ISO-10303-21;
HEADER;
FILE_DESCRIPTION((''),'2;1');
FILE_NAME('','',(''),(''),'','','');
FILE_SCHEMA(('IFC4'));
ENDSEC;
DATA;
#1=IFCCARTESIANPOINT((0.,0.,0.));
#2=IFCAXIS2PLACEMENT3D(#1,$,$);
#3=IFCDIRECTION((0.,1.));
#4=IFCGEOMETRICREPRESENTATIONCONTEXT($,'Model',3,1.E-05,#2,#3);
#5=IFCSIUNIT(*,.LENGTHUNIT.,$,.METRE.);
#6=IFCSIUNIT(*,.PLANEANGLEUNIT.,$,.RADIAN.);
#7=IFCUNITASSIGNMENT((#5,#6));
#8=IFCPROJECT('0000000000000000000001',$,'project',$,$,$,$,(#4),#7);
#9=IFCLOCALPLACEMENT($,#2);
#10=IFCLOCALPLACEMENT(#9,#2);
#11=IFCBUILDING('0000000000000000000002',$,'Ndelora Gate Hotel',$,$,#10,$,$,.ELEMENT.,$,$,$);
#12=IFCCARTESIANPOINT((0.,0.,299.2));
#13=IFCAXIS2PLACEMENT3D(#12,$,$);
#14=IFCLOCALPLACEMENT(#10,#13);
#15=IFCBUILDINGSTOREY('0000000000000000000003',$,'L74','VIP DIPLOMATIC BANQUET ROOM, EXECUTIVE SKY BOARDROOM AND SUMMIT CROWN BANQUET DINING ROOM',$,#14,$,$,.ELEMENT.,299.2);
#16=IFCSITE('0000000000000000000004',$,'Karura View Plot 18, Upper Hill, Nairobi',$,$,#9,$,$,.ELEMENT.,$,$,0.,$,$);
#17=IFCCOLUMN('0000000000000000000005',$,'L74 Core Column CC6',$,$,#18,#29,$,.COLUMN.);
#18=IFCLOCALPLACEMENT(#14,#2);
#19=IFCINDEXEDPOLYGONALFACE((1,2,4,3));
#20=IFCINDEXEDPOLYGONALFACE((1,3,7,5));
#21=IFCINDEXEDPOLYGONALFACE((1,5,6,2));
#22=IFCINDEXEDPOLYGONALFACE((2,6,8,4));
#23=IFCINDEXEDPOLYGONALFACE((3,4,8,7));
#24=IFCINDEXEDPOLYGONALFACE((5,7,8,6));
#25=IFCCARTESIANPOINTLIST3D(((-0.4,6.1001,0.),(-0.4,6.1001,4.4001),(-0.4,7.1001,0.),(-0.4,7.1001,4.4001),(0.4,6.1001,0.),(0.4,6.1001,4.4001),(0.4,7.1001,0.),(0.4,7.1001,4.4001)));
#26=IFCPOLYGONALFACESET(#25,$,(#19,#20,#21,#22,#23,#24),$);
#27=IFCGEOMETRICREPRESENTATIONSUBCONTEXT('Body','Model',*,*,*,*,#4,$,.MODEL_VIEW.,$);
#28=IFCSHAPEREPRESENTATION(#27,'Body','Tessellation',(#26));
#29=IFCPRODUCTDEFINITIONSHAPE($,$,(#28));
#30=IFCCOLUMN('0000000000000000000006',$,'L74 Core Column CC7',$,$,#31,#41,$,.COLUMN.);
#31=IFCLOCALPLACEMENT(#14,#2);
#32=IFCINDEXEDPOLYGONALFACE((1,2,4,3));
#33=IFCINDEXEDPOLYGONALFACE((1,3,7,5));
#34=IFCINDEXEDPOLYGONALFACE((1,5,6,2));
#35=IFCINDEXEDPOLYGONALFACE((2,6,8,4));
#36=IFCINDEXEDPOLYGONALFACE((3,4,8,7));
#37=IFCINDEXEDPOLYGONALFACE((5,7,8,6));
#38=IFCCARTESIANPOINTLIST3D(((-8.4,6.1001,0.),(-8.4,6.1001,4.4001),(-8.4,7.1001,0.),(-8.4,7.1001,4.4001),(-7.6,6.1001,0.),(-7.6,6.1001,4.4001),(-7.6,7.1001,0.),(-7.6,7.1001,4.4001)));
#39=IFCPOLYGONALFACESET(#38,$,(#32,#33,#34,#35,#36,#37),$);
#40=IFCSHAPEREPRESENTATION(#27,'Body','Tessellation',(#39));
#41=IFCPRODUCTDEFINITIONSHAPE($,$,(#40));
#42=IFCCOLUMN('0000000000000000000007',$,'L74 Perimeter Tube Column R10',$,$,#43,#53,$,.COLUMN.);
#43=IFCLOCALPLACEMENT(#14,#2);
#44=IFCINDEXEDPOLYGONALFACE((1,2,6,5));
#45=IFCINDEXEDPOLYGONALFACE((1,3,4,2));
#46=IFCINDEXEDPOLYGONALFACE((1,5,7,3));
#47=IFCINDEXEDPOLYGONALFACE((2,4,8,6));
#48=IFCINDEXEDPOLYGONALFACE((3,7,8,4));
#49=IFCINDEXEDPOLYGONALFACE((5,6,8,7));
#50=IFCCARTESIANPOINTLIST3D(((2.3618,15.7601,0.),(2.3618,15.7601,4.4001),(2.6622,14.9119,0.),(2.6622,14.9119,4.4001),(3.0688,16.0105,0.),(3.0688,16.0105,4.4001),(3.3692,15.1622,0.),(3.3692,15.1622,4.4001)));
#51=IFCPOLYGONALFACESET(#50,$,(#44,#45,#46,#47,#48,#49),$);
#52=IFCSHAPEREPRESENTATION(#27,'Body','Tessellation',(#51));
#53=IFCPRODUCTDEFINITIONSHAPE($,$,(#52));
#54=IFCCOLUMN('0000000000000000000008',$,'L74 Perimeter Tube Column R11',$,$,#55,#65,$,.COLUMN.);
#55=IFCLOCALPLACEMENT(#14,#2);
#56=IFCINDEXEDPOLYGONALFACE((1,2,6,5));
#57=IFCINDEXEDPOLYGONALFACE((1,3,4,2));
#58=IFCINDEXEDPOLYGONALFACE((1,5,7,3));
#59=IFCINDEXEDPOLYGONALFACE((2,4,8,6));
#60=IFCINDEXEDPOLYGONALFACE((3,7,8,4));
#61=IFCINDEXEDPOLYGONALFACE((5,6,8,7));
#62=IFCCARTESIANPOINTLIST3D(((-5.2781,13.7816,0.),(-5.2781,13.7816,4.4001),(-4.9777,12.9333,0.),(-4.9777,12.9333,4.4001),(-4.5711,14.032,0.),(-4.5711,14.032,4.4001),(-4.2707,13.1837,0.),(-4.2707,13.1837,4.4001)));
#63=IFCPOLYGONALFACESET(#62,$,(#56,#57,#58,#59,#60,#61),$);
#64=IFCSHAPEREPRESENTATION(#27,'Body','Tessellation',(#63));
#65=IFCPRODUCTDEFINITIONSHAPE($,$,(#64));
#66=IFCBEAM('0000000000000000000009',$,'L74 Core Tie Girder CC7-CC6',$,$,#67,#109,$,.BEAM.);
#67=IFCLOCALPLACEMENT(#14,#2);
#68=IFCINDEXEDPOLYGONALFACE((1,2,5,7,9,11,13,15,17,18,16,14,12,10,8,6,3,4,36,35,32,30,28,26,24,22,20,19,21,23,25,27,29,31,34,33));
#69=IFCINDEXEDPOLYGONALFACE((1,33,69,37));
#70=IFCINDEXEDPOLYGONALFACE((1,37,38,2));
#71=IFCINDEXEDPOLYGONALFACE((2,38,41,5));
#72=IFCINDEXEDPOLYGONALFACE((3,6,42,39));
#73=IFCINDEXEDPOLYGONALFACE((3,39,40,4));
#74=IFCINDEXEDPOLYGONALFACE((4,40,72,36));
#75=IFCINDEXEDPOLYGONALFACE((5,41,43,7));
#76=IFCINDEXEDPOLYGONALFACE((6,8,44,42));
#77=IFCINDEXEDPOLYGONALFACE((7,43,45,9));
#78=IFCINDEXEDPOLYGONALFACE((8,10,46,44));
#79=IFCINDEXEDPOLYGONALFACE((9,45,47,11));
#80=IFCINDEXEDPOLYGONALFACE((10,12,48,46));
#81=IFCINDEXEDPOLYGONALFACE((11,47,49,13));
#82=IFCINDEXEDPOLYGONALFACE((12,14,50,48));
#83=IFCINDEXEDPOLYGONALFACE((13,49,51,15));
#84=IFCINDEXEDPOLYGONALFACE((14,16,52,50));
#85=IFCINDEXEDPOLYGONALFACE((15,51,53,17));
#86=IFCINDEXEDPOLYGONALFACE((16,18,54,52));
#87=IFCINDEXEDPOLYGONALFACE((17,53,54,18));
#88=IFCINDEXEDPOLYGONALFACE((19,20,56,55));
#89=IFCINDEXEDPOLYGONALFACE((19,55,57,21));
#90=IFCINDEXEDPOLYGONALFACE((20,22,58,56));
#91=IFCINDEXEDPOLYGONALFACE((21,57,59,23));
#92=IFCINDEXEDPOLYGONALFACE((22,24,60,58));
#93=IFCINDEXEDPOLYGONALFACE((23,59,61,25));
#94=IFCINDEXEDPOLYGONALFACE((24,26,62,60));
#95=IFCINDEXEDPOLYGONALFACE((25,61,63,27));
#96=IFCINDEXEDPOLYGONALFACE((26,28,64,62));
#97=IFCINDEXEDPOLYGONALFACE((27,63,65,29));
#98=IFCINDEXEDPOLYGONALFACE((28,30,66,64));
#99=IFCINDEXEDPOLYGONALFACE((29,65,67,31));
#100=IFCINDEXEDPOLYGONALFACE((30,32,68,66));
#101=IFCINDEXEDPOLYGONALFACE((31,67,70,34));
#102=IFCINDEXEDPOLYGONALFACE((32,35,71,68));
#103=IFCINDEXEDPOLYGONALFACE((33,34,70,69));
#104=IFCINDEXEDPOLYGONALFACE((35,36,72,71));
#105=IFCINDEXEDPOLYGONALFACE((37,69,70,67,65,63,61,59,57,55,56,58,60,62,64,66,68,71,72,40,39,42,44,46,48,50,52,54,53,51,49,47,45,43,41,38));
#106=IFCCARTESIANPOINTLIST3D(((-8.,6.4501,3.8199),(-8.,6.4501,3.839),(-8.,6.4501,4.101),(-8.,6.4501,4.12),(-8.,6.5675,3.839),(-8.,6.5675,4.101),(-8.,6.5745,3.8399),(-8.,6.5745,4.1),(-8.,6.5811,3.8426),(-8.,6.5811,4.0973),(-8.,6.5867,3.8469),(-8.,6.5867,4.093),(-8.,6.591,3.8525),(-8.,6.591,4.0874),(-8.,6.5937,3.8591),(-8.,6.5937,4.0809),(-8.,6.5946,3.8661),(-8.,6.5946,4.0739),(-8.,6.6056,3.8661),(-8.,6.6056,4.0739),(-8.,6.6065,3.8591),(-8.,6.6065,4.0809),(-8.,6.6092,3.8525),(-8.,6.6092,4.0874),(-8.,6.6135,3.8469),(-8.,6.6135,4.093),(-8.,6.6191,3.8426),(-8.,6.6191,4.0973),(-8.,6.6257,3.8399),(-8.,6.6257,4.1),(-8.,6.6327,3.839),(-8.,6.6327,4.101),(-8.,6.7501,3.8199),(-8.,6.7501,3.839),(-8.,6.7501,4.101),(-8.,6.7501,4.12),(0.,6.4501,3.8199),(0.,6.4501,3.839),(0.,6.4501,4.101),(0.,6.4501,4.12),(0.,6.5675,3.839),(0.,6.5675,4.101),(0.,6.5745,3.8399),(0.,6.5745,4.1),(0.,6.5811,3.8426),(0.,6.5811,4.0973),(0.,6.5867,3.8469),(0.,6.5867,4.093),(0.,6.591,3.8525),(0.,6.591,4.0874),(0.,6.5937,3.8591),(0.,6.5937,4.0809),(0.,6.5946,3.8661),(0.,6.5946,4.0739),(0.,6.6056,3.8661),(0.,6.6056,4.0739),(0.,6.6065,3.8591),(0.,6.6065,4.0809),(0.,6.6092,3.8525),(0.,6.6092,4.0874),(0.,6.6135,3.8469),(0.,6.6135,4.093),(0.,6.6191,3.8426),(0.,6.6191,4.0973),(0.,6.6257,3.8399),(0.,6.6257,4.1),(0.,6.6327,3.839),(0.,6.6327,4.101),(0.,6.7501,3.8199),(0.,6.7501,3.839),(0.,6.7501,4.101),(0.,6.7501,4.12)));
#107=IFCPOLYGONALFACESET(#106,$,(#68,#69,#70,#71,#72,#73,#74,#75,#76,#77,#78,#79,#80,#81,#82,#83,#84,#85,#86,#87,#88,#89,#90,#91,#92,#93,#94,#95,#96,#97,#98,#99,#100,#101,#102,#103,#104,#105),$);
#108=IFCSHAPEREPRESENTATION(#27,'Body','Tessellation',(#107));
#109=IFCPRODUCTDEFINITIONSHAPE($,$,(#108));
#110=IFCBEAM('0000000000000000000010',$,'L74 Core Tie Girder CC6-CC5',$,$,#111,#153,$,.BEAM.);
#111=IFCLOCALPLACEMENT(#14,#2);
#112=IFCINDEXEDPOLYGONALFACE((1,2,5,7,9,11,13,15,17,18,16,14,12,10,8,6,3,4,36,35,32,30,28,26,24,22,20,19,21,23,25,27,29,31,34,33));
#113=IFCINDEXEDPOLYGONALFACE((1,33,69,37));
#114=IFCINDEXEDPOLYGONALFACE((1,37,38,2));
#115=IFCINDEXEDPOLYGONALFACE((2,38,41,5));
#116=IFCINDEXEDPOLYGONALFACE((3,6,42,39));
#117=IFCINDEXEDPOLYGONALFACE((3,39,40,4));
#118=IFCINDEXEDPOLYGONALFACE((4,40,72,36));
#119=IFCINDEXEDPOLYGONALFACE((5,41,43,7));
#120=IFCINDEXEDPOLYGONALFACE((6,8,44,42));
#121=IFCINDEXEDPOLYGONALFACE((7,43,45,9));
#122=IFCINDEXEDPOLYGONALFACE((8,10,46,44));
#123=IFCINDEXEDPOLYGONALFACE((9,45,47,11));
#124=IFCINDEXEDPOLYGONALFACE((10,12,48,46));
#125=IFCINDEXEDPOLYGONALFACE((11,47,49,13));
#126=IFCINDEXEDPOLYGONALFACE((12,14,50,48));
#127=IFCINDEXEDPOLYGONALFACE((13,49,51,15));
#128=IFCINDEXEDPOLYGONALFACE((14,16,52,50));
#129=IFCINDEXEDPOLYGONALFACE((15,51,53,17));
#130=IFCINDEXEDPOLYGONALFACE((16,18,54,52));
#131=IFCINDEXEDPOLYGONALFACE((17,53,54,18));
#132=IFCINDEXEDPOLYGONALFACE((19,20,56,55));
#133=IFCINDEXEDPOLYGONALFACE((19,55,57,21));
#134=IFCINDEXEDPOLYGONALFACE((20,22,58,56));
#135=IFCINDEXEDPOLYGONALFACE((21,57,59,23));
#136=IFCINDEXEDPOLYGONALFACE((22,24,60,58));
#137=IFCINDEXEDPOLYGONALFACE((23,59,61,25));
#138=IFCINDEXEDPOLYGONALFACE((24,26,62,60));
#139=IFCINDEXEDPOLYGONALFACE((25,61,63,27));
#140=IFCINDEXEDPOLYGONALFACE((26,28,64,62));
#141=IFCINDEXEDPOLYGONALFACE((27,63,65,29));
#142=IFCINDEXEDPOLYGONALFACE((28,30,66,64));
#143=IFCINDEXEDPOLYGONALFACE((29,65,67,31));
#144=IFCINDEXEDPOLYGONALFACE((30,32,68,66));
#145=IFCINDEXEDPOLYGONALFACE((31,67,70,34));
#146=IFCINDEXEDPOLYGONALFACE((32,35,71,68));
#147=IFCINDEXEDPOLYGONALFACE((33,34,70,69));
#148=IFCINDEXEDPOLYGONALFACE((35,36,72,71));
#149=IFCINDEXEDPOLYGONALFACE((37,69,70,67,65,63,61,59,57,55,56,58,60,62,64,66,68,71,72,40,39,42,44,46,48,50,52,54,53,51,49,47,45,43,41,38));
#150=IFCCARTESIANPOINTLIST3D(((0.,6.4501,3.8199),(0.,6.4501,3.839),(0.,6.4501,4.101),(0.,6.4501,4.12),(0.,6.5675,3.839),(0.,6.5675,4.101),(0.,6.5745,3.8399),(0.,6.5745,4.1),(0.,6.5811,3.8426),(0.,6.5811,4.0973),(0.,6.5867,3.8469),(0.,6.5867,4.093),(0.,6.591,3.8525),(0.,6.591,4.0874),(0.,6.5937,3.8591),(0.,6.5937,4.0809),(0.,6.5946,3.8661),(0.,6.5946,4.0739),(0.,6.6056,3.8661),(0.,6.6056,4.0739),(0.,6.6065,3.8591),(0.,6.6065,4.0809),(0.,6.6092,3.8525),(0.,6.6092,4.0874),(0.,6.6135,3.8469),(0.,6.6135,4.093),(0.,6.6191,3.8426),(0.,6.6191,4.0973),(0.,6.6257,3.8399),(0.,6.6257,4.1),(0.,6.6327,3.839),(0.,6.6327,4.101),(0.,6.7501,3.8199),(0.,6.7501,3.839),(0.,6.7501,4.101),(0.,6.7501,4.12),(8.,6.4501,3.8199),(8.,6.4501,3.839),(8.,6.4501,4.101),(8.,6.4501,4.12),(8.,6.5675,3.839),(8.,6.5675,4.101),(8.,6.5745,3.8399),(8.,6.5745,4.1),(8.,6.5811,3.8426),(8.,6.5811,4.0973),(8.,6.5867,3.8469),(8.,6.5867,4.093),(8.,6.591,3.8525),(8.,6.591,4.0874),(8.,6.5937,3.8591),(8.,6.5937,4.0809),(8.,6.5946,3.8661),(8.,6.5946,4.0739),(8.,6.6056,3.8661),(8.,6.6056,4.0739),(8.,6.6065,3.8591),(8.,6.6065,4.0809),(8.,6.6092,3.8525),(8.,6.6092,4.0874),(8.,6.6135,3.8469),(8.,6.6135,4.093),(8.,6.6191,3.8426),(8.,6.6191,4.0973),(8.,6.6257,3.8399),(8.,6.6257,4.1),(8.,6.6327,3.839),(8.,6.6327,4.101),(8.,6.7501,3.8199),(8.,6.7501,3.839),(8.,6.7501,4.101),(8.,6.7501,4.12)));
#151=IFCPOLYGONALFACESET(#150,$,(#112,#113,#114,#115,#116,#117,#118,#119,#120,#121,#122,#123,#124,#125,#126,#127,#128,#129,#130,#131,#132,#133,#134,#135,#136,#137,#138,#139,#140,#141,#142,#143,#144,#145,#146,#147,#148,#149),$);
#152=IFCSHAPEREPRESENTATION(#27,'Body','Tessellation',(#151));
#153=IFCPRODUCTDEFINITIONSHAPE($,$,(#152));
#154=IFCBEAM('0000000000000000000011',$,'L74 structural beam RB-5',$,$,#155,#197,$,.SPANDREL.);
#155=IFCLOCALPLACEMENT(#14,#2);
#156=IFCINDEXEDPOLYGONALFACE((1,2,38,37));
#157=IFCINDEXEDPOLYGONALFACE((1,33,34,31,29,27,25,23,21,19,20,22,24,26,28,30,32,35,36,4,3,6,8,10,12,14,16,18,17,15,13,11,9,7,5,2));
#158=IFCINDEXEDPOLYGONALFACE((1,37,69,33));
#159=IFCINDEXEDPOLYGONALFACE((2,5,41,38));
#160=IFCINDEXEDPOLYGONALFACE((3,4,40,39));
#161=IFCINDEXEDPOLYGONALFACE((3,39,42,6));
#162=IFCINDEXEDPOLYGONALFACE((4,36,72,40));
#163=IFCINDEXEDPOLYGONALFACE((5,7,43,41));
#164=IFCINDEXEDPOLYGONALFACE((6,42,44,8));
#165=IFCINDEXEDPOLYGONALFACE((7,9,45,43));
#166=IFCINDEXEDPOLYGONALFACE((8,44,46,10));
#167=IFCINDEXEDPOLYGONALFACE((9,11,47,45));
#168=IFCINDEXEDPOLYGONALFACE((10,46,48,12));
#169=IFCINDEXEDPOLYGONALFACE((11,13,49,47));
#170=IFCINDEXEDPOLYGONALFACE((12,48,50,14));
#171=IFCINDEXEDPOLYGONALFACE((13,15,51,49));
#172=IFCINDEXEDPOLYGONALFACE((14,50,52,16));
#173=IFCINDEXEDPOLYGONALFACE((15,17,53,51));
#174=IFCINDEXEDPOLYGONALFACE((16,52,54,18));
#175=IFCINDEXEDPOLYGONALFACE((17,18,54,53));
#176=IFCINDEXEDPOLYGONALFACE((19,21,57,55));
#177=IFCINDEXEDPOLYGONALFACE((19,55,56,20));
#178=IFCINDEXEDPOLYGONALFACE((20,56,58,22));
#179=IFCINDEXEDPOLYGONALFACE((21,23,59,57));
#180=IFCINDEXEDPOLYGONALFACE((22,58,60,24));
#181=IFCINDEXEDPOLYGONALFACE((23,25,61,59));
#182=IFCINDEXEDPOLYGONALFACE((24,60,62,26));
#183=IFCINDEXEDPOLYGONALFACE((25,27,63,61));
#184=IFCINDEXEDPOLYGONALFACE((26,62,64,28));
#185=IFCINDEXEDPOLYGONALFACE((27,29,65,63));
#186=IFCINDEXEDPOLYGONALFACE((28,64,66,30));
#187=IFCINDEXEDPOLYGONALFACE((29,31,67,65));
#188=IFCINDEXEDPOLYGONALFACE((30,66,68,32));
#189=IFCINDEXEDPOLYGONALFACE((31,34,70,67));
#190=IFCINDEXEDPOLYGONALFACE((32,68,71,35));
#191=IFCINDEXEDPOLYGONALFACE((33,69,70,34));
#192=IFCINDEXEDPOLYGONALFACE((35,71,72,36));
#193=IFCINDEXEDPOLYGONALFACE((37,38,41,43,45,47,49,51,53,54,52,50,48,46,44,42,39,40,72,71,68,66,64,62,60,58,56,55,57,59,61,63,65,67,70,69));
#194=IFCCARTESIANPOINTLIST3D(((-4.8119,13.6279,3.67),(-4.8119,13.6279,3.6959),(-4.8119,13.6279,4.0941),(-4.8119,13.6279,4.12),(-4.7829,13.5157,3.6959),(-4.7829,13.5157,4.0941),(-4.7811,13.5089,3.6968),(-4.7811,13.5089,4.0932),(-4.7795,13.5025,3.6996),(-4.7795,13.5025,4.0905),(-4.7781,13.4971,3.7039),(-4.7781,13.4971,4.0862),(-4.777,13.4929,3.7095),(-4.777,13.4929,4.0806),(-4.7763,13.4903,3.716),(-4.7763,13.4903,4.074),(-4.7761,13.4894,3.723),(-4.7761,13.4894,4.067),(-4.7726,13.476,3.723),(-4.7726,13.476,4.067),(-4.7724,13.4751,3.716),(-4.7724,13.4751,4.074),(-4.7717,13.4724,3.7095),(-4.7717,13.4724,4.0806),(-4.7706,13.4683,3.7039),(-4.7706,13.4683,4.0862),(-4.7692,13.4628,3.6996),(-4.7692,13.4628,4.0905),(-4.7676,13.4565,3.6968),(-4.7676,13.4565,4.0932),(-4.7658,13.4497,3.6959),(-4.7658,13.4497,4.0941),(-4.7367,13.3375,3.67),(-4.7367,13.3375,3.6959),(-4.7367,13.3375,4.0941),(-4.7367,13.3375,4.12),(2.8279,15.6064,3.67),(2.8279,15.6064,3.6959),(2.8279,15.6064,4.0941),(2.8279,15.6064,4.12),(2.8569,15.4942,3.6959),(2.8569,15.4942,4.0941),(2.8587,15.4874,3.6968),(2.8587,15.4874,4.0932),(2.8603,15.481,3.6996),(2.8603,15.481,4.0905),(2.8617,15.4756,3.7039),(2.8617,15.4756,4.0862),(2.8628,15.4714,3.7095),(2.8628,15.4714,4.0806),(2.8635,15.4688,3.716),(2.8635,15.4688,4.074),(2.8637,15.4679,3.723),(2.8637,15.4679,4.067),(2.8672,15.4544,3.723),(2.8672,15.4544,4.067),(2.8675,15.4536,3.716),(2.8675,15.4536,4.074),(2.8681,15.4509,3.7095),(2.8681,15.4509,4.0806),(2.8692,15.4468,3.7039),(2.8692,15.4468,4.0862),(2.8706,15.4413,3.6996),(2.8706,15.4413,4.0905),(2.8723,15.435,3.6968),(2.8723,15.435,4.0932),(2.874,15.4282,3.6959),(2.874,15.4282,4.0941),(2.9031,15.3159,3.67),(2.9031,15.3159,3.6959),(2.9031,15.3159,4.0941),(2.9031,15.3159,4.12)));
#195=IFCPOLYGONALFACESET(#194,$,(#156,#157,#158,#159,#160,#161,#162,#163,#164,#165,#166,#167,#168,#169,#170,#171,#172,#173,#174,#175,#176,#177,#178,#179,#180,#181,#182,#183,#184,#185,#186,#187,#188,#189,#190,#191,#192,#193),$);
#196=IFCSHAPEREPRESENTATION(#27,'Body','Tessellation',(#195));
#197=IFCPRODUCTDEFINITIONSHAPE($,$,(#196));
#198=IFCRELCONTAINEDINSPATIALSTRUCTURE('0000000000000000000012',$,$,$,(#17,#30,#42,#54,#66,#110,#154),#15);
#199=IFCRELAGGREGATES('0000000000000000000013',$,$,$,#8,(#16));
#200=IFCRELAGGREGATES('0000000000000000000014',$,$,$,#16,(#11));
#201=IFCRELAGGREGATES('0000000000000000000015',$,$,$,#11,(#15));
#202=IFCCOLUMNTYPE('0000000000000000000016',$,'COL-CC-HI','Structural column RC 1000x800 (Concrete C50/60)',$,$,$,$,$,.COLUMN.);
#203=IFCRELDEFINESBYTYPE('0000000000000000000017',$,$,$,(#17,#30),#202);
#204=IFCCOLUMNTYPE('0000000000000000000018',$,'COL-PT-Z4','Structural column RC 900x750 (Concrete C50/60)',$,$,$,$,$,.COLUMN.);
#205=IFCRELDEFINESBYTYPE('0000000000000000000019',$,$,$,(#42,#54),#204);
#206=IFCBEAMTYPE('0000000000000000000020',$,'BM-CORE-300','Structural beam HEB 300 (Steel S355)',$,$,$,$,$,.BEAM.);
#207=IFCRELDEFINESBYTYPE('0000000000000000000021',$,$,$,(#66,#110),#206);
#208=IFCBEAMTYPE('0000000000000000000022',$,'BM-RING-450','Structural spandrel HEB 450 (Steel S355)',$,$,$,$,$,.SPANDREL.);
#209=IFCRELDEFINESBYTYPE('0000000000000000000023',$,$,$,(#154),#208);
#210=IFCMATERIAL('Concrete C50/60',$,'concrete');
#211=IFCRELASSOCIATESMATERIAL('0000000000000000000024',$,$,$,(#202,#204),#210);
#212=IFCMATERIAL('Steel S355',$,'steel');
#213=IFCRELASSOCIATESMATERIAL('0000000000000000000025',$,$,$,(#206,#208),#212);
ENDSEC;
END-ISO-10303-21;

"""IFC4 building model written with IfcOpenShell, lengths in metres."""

from ifc_helpers import new_model, si_unit, direction, frame, origin, origin_2d, place, context, subcontext, project, spatial, rectangle, i_section, extrude, material, material_profile, profile_set, type_object, element, save


model = new_model("IFC4")

# Units and contexts
model_context = context("Model", 3, precision=1e-05, world=origin(), true_north=direction((0.0, 1.0)))
body_context = subcontext(model_context, "Body", "Model", "MODEL_VIEW")
ifc_project = project(units=[si_unit("LENGTHUNIT", "METRE"), si_unit("PLANEANGLEUNIT", "RADIAN")], contexts=[model_context])

# Site, building, storey
site_placement = place(None, origin())
site = spatial("IfcSite", under=ifc_project, at=site_placement, Name="Karura View Plot 18, Upper Hill, Nairobi", CompositionType="ELEMENT", RefElevation=0.0)
building_placement = place(site_placement, origin())
building = spatial("IfcBuilding", under=site, at=building_placement, Name="Ndelora Gate Hotel", CompositionType="ELEMENT")
storey_placement = place(building_placement, frame((0.0, 0.0, 299.2)))
storey = spatial("IfcBuildingStorey", under=building, at=storey_placement, Name="L74", Description="VIP DIPLOMATIC BANQUET ROOM, EXECUTIVE SKY BOARDROOM AND SUMMIT CROWN BANQUET DINING ROOM", CompositionType="ELEMENT", Elevation=299.2)

# Columns
ifc_material_1 = material(Name="Concrete C50/60", Category="concrete")
ifc_material_profile_1 = material_profile(ifc_material_1, rectangle(XDim=0.8, YDim=1.0, at=origin_2d()), Name="RC 1000x800")
ifc_profile_set_1 = profile_set([ifc_material_profile_1], Name="Concrete C50/60")
column_type_1 = type_object("IfcColumnType", Name="COL-CC-HI", Description="Structural column RC 1000x800 (Concrete C50/60)", PredefinedType="COLUMN", material=ifc_profile_set_1)
for number, where, z_axis, x_axis, name in (
    (1, (0.0, 6.6001, 0.0), (0.0, 0.0, 1.0), (1.0, 0.0, 0.0), "L74 Core Column CC6"),
    (2, (-8.0, 6.6001, 0.0), (0.0, 0.0, 1.0), (1.0, 0.0, 0.0), "L74 Core Column CC7"),
):
    element("IfcColumn", number, at=place(storey_placement, frame(where, z_axis=z_axis, x_axis=x_axis)), inside=storey, type_object=column_type_1, Name=name, PredefinedType="COLUMN", context=body_context, shape_type="SweptSolid", body=[
        extrude(rectangle(XDim=0.8, YDim=1.0, at=origin_2d()), origin(), (0.0, 0.0, 1.0), 4.4001),
    ])
ifc_material_profile_2 = material_profile(ifc_material_1, rectangle(XDim=0.75, YDim=0.8999, at=origin_2d()), Name="RC 900x750")
ifc_profile_set_2 = profile_set([ifc_material_profile_2], Name="Concrete C50/60")
column_type_2 = type_object("IfcColumnType", Name="COL-PT-Z4", Description="Structural column RC 900x750 (Concrete C50/60)", PredefinedType="COLUMN", material=ifc_profile_set_2)
for number, where, z_axis, x_axis, name in (
    (3, (2.8655, 15.4612, 0.0), (0.0, 0.0, 1.0), (0.942641, 0.333807, 0.0), "L74 Perimeter Tube Column R10"),
    (4, (-4.7744, 13.4827, 0.0), (0.0, 0.0, 1.0), (0.942641, 0.333807, 0.0), "L74 Perimeter Tube Column R11"),
):
    element("IfcColumn", number, at=place(storey_placement, frame(where, z_axis=z_axis, x_axis=x_axis)), inside=storey, type_object=column_type_2, Name=name, PredefinedType="COLUMN", context=body_context, shape_type="SweptSolid", body=[
        extrude(rectangle(XDim=0.75, YDim=0.8999, at=origin_2d()), origin(), (0.0, 0.0, 1.0), 4.4001),
    ])

# Beams
ifc_material_2 = material(Name="Steel S355", Category="steel")
ifc_material_profile_3 = material_profile(ifc_material_2, i_section(OverallWidth=0.3, OverallDepth=0.3, WebThickness=0.011, FlangeThickness=0.019, FilletRadius=0.0271, at=origin_2d()), Name="HEB 300")
ifc_profile_set_3 = profile_set([ifc_material_profile_3], Name="Steel S355")
beam_type_1 = type_object("IfcBeamType", Name="BM-CORE-300", Description="Structural beam HEB 300 (Steel S355)", PredefinedType="BEAM", material=ifc_profile_set_3)
for number, where, z_axis, x_axis, name in (
    (5, (-8.0, 6.6001, 3.97), (1.0, 0.0, 0.0), (0.0, 1.0, 0.0), "L74 Core Tie Girder CC7-CC6"),
    (6, (0.0, 6.6001, 3.97), (1.0, 0.0, 0.0), (0.0, 1.0, 0.0), "L74 Core Tie Girder CC6-CC5"),
):
    element("IfcBeam", number, at=place(storey_placement, frame(where, z_axis=z_axis, x_axis=x_axis)), inside=storey, type_object=beam_type_1, Name=name, PredefinedType="BEAM", context=body_context, shape_type="SweptSolid", body=[
        extrude(i_section(OverallWidth=0.3, OverallDepth=0.3, WebThickness=0.011, FlangeThickness=0.019, FilletRadius=0.0271, at=origin_2d()), origin(), (0.0, 0.0, 1.0), 8.0),
    ])
ifc_material_profile_4 = material_profile(ifc_material_2, i_section(OverallWidth=0.3, OverallDepth=0.45, WebThickness=0.0139, FlangeThickness=0.0259, FilletRadius=0.0271, at=origin_2d()), Name="HEB 450")
ifc_profile_set_4 = profile_set([ifc_material_profile_4], Name="Steel S355")
beam_type_2 = type_object("IfcBeamType", Name="BM-RING-450", Description="Structural spandrel HEB 450 (Steel S355)", PredefinedType="SPANDREL", material=ifc_profile_set_4)
beam_1_placement = place(storey_placement, frame((2.8655, 15.4612, 3.895), z_axis=(-0.968064, -0.250701, 0.0), x_axis=(0.250701, -0.968064, 0.0)))
element("IfcBeam", 7, at=beam_1_placement, inside=storey, type_object=beam_type_2, Name="L74 structural beam RB-5", PredefinedType="SPANDREL", context=body_context, shape_type="SweptSolid", body=[
    extrude(i_section(OverallWidth=0.3, OverallDepth=0.45, WebThickness=0.0139, FlangeThickness=0.0259, FilletRadius=0.0271, at=origin_2d()), origin(), (0.0, 0.0, 1.0), 7.8918),
])

save(model, "model.ifc")
